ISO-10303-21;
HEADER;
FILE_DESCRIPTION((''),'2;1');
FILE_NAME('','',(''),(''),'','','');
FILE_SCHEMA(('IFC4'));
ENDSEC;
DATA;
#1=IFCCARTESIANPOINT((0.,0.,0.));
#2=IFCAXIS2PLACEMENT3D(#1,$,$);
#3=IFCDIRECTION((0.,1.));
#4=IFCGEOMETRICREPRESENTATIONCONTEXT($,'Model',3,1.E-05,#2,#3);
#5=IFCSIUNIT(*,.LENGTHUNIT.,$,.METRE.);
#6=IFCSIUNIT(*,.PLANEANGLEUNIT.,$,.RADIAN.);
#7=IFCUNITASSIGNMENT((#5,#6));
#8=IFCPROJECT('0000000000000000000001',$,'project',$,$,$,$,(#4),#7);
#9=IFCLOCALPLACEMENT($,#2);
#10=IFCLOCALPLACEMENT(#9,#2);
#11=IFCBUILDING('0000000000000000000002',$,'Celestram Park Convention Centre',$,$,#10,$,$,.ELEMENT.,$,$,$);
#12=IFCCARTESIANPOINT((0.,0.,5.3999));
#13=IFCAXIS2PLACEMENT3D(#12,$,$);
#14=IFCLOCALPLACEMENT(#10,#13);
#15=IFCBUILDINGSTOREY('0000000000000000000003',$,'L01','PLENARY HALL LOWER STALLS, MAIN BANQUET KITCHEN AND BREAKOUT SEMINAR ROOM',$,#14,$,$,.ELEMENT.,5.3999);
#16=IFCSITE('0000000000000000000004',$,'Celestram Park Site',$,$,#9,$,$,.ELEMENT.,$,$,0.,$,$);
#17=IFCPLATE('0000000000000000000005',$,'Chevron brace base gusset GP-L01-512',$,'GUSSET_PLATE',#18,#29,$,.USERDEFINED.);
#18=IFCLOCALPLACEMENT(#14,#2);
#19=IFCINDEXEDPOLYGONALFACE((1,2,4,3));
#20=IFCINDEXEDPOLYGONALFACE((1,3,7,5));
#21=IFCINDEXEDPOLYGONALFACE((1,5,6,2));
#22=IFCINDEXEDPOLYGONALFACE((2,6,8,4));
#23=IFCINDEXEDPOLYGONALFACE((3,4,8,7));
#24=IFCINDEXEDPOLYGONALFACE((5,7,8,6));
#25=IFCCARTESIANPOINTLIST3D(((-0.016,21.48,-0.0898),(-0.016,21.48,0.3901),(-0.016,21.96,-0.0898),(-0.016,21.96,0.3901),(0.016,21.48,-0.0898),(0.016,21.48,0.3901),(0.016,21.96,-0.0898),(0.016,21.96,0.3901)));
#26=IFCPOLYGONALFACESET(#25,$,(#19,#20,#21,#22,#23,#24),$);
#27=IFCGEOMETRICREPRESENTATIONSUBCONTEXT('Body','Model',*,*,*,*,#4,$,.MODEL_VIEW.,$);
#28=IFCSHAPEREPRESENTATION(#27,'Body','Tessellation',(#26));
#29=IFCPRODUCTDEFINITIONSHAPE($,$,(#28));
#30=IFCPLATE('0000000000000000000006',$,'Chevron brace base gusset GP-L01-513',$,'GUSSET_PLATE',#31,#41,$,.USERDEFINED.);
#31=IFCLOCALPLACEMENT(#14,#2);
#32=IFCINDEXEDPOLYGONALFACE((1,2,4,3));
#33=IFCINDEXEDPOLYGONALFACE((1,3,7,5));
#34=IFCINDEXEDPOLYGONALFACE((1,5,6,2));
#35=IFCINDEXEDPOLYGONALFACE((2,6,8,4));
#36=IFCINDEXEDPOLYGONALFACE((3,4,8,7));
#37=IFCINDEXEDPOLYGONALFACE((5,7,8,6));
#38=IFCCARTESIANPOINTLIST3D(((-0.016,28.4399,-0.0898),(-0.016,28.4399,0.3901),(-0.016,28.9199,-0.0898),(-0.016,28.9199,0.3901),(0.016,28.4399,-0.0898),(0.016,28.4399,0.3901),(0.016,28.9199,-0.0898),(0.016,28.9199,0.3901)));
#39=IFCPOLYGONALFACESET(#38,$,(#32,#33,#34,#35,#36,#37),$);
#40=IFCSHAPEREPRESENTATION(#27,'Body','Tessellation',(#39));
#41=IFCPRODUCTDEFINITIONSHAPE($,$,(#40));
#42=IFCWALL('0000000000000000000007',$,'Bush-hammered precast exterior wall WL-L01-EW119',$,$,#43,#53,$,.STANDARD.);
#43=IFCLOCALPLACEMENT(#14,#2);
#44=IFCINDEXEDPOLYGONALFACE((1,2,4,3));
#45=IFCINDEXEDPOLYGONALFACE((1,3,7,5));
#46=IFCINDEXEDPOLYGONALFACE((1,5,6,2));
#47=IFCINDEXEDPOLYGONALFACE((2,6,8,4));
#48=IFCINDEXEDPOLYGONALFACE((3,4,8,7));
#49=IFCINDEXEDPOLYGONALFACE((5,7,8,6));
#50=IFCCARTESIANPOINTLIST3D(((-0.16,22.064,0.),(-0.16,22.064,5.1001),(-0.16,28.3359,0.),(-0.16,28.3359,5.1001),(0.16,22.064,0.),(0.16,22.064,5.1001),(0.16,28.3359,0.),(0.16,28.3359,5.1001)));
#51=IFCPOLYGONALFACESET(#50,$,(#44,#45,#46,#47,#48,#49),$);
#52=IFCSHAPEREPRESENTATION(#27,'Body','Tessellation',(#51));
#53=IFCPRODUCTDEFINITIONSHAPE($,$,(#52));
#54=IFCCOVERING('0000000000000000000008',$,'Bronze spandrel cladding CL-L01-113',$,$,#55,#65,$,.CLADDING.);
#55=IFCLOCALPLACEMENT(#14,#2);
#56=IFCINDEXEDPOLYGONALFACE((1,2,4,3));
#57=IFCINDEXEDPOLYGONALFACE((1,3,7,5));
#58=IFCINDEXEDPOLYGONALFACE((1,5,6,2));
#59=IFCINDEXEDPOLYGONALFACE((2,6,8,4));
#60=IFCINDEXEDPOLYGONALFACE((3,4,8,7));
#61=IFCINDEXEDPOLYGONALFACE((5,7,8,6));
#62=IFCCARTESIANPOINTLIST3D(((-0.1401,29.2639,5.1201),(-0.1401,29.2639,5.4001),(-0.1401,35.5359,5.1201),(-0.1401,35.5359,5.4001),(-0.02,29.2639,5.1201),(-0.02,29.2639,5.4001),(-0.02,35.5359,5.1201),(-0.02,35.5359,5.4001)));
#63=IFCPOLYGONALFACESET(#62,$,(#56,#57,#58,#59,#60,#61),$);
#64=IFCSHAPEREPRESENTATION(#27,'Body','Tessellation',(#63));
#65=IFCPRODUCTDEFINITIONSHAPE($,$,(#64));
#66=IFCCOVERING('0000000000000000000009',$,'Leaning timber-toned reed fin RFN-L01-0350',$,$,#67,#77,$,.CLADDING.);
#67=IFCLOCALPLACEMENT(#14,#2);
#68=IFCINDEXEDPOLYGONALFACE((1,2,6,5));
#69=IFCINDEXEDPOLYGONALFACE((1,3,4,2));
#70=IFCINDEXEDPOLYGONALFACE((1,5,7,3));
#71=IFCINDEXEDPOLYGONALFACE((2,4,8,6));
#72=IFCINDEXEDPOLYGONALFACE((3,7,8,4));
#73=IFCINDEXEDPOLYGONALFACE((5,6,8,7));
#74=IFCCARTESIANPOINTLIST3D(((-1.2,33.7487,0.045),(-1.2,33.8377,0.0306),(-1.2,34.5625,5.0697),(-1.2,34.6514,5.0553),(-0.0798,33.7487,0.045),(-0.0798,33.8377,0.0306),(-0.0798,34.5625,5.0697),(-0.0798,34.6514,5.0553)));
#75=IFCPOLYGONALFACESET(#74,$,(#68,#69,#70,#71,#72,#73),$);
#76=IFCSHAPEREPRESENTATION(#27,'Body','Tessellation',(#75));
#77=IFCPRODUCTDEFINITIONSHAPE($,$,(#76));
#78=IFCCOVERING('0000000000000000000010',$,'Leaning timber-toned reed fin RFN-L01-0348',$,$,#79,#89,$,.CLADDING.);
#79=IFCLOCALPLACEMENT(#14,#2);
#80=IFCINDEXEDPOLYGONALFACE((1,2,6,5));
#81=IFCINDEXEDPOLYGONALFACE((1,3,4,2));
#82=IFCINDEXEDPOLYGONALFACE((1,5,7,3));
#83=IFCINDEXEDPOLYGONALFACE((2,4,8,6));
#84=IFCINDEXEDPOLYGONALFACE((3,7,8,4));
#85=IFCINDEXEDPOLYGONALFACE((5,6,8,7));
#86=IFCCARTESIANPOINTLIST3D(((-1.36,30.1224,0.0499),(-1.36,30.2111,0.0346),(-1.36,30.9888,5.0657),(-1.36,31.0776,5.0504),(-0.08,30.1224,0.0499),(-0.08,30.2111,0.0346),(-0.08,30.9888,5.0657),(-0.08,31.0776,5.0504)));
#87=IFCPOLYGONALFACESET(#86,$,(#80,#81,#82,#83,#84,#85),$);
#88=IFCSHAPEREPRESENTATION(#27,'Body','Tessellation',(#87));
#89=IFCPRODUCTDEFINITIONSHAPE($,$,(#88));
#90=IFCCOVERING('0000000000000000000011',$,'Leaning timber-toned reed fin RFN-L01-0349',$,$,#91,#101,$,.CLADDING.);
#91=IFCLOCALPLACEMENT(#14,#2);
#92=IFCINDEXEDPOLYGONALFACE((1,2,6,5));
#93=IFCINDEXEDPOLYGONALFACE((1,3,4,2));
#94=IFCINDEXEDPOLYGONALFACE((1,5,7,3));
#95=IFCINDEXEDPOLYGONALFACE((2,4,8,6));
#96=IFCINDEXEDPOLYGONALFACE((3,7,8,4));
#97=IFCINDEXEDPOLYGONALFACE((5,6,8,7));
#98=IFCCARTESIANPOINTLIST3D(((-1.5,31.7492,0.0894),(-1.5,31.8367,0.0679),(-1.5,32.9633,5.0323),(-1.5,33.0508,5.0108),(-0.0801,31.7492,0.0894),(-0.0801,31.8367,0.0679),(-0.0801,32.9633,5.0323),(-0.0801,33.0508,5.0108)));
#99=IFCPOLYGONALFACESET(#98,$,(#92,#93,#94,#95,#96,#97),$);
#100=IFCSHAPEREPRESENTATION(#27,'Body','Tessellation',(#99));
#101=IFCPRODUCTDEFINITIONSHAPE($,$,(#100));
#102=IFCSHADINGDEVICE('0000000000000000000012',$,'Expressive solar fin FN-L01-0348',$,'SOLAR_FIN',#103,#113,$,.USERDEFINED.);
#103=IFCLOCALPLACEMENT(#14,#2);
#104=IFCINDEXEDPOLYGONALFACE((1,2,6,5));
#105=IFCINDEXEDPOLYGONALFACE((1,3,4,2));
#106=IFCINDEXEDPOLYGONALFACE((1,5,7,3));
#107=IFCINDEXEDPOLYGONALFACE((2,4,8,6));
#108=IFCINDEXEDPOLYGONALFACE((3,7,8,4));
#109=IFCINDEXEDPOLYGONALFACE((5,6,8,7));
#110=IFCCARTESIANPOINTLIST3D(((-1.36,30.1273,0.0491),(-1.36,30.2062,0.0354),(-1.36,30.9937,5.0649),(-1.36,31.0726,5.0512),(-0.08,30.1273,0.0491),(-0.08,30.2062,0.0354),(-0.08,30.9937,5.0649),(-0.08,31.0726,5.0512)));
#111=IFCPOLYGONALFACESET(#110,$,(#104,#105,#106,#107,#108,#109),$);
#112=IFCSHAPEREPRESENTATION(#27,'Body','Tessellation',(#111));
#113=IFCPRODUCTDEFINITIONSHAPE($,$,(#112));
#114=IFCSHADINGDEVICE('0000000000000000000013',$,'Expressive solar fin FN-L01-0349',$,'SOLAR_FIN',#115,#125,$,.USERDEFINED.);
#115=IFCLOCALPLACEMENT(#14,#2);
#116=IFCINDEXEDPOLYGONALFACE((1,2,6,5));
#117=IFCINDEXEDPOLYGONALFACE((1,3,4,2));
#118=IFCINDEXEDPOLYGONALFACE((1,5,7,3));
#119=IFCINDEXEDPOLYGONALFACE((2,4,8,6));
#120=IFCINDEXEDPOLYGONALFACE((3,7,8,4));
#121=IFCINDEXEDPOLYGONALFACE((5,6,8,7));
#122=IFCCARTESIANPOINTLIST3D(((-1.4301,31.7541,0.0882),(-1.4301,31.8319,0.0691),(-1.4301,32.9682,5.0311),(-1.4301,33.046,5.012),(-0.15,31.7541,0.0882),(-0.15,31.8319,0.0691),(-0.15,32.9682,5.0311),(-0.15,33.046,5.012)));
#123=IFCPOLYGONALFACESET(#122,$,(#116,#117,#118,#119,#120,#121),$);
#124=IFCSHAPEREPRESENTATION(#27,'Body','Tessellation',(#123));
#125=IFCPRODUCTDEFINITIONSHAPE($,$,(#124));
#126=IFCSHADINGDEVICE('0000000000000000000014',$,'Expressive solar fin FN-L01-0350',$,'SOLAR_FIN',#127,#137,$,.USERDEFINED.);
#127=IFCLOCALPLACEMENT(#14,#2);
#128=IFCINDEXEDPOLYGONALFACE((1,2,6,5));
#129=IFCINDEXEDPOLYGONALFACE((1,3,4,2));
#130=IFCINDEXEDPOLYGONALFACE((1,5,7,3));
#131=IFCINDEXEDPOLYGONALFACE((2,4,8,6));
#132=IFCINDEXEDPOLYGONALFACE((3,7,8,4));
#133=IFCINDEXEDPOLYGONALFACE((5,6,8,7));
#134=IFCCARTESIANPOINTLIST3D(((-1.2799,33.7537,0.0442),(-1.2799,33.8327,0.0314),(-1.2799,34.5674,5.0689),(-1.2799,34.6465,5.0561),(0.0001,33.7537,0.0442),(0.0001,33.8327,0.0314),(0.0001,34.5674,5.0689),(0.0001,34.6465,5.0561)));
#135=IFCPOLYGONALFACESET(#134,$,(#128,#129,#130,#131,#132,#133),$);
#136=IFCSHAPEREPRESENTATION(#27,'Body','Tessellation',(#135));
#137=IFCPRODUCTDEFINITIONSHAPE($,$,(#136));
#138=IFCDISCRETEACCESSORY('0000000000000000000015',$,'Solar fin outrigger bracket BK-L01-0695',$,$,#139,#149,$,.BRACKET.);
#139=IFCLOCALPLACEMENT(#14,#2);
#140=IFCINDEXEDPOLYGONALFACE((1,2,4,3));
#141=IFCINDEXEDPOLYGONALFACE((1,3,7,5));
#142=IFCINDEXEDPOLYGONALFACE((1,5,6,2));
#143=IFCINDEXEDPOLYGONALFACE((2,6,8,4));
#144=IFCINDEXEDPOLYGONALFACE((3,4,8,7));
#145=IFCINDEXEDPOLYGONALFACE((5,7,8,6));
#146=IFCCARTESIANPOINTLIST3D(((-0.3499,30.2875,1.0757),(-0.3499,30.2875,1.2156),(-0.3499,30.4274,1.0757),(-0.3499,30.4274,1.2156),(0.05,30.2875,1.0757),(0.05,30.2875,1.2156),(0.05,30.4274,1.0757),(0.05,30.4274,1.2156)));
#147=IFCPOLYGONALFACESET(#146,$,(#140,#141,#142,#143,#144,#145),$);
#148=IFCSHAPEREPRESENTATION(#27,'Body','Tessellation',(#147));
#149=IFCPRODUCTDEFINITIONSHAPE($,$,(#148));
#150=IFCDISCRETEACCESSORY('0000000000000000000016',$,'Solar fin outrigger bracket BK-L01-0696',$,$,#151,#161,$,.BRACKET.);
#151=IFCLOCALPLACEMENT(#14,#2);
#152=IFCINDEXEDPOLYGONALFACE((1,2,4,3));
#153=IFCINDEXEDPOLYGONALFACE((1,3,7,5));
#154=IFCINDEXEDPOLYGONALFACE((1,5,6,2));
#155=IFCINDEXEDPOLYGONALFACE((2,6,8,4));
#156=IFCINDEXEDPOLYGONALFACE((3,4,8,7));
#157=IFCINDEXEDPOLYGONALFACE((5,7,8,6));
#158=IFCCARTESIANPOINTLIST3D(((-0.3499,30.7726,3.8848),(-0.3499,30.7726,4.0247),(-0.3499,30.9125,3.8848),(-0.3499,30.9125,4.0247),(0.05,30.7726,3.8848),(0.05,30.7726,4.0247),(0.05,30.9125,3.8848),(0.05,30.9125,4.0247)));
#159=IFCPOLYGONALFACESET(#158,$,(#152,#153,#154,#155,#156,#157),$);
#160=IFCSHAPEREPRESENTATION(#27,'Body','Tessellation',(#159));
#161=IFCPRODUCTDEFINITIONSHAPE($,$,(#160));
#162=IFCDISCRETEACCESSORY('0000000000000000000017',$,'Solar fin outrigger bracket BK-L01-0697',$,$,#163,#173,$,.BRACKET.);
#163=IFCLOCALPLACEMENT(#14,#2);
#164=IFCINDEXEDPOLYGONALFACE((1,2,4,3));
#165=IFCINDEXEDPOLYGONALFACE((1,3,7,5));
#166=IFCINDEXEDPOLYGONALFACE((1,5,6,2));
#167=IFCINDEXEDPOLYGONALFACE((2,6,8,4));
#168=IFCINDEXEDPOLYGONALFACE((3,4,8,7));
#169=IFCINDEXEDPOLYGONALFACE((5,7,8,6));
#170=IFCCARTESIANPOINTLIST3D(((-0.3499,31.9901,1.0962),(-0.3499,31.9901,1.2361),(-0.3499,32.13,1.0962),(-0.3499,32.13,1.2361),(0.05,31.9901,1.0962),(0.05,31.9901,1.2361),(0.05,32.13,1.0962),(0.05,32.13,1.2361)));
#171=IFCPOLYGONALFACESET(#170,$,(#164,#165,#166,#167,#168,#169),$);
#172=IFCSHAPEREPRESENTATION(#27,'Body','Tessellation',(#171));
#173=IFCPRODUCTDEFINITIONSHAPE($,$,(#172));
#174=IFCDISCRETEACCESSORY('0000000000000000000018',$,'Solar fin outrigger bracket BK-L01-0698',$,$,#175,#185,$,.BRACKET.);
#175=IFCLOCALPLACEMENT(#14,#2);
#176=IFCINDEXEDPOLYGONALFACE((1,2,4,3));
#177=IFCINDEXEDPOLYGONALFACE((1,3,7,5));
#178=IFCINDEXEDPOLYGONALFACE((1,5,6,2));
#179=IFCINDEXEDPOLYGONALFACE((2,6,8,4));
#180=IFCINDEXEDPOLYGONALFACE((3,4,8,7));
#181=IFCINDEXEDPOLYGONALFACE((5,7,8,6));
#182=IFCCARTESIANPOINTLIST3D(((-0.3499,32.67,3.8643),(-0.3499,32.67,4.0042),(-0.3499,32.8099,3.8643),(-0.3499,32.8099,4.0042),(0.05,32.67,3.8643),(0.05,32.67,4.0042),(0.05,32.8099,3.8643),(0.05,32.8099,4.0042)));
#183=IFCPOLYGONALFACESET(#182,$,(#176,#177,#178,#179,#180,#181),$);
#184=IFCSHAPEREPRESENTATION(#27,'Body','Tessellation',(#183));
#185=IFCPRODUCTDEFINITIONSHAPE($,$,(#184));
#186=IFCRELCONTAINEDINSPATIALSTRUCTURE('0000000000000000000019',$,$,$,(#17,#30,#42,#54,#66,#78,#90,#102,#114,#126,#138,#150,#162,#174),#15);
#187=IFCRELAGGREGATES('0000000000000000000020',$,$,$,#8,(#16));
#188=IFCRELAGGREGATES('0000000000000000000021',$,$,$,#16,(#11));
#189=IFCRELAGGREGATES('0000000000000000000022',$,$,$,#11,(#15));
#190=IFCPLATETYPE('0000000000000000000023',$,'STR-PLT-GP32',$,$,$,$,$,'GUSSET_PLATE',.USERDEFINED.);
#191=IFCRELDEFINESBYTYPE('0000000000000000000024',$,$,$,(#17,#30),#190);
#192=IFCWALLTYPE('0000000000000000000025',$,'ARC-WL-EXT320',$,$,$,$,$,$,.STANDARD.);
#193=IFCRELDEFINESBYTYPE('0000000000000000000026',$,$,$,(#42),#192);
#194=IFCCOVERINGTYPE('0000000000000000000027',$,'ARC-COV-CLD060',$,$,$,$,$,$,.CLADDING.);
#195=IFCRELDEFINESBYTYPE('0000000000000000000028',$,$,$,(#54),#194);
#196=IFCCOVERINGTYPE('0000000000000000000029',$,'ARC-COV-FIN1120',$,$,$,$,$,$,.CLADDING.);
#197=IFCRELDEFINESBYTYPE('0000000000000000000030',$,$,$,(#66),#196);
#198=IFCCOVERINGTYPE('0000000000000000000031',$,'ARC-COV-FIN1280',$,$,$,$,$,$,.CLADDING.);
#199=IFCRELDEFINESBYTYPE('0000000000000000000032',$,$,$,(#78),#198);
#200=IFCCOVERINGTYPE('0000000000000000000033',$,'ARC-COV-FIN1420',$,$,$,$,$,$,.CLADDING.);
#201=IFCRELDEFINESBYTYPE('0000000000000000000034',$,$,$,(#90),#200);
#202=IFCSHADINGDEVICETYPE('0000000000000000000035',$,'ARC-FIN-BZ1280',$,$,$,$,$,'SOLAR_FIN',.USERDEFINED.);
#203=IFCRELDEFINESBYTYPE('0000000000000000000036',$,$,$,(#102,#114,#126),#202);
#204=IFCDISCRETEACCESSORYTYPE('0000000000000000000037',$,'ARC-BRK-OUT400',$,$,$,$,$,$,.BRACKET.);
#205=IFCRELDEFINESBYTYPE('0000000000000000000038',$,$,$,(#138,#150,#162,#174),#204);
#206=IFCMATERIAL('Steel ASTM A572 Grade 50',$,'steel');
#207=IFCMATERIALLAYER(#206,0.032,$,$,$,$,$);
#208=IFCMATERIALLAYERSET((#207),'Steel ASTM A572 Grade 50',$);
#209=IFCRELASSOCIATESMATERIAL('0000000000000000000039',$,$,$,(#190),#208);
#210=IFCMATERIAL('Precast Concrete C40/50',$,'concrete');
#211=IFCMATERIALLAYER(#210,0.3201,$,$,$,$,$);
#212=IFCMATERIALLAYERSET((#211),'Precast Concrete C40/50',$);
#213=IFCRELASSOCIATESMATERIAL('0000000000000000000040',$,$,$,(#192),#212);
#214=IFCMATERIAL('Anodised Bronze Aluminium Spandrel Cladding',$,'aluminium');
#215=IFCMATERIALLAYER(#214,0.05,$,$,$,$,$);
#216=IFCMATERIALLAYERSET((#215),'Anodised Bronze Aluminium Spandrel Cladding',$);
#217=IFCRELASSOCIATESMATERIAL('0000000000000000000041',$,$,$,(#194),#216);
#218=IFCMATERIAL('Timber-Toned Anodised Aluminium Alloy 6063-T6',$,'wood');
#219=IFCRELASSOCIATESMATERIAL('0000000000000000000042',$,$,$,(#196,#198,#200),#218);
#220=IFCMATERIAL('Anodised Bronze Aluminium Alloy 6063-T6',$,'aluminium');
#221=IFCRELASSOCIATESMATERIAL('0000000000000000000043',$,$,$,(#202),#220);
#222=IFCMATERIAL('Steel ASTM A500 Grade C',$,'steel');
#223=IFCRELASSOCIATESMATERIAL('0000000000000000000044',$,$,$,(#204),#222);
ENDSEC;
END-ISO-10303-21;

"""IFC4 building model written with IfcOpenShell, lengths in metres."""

from ifc_helpers import new_model, si_unit, direction, frame, frame_2d, origin, origin_2d, place, context, subcontext, project, spatial, rectangle, extrude, material, layer, layer_set, material_profile, profile_set, type_object, element, save


model = new_model("IFC4")

# Units and contexts
model_context = context("Model", 3, precision=1e-05, world=origin(), true_north=direction((0.0, 1.0)))
body_context = subcontext(model_context, "Body", "Model", "MODEL_VIEW")
ifc_project = project(units=[si_unit("LENGTHUNIT", "METRE"), si_unit("PLANEANGLEUNIT", "RADIAN")], contexts=[model_context])

# Site, building, storey
site_placement = place(None, origin())
site = spatial("IfcSite", under=ifc_project, at=site_placement, Name="Celestram Park Site", CompositionType="ELEMENT", RefElevation=0.0)
building_placement = place(site_placement, origin())
building = spatial("IfcBuilding", under=site, at=building_placement, Name="Celestram Park Convention Centre", CompositionType="ELEMENT")
storey_placement = place(building_placement, frame((0.0, 0.0, 5.3999)))
storey = spatial("IfcBuildingStorey", under=building, at=storey_placement, Name="L01", Description="PLENARY HALL LOWER STALLS, MAIN BANQUET KITCHEN AND BREAKOUT SEMINAR ROOM", CompositionType="ELEMENT", Elevation=5.3999)

# Shared definitions
ifc_material_1 = material(Name="Steel ASTM A500 Grade C", Category="steel")

# Plates
ifc_material_2 = material(Name="Steel ASTM A572 Grade 50", Category="steel")
ifc_layer_1 = layer(ifc_material_2, 0.032)
ifc_layer_set_1 = layer_set([ifc_layer_1], Name="Steel ASTM A572 Grade 50")
plate_type_1 = type_object("IfcPlateType", Name="STR-PLT-GP32", ElementType="GUSSET_PLATE", PredefinedType="USERDEFINED", material=ifc_layer_set_1)
for number, where, z_axis, x_axis, name in (
    (1, (0.0, 21.72, -0.0898), (0.0, 0.0, 1.0), (0.0, 1.0, 0.0), "Chevron brace base gusset GP-L01-512"),
    (2, (0.0, 28.6799, -0.0898), (0.0, 0.0, 1.0), (0.0, 1.0, 0.0), "Chevron brace base gusset GP-L01-513"),
):
    element("IfcPlate", number, at=place(storey_placement, frame(where, z_axis=z_axis, x_axis=x_axis)), inside=storey, type_object=plate_type_1, Name=name, ObjectType="GUSSET_PLATE", PredefinedType="USERDEFINED", context=body_context, shape_type="SweptSolid", body=[
        extrude(rectangle(XDim=0.48, YDim=0.032, at=origin_2d()), origin(), (0.0, 0.0, 1.0), 0.48),
    ])

# Wall
ifc_material_3 = material(Name="Precast Concrete C40/50", Category="concrete")
ifc_layer_2 = layer(ifc_material_3, 0.3201)
ifc_layer_set_2 = layer_set([ifc_layer_2], Name="Precast Concrete C40/50")
wall_type = type_object("IfcWallType", Name="ARC-WL-EXT320", PredefinedType="STANDARD", material=ifc_layer_set_2)
wall_placement = place(storey_placement, frame((0.0, 22.064, 0.0), z_axis=(0.0, 0.0, 1.0), x_axis=(0.0, 1.0, 0.0)))
element("IfcWall", 3, at=wall_placement, inside=storey, type_object=wall_type, Name="Bush-hammered precast exterior wall WL-L01-EW119", PredefinedType="STANDARD", context=body_context, shape_type="SweptSolid", body=[
    extrude(rectangle(XDim=6.272, YDim=0.3201, at=frame_2d((3.136, 0.0))), origin(), (0.0, 0.0, 1.0), 5.1001),
])

# Coverings
ifc_material_4 = material(Name="Anodised Bronze Aluminium Spandrel Cladding", Category="aluminium")
ifc_layer_3 = layer(ifc_material_4, 0.05)
ifc_layer_set_3 = layer_set([ifc_layer_3], Name="Anodised Bronze Aluminium Spandrel Cladding")
covering_type_1 = type_object("IfcCoveringType", Name="ARC-COV-CLD060", PredefinedType="CLADDING", material=ifc_layer_set_3)
covering_1_placement = place(storey_placement, frame((-0.0801, 32.3999, 5.1201), z_axis=(0.0, 0.0, 1.0), x_axis=(0.0, 1.0, 0.0)))
element("IfcCovering", 4, at=covering_1_placement, inside=storey, type_object=covering_type_1, Name="Bronze spandrel cladding CL-L01-113", PredefinedType="CLADDING", context=body_context, shape_type="SweptSolid", body=[
    extrude(rectangle(XDim=6.272, YDim=0.1201, at=origin_2d()), origin(), (0.0, 0.0, 1.0), 0.28),
])
ifc_material_5 = material(Name="Timber-Toned Anodised Aluminium Alloy 6063-T6", Category="wood")
ifc_material_profile_1 = material_profile(ifc_material_5, rectangle(XDim=1.1201, YDim=0.0901, at=origin_2d()), Name="REED1120X90")
ifc_profile_set_1 = profile_set([ifc_material_profile_1], Name="Timber-Toned Anodised Aluminium Alloy 6063-T6")
covering_type_2 = type_object("IfcCoveringType", Name="ARC-COV-FIN1120", PredefinedType="CLADDING", material=ifc_profile_set_1)
covering_2_placement = place(storey_placement, frame((-0.6399, 33.7932, 0.0378), z_axis=(0.0, 0.159863, 0.987139), x_axis=(-1.0, 0.0, 0.0)))
element("IfcCovering", 5, at=covering_2_placement, inside=storey, type_object=covering_type_2, Name="Leaning timber-toned reed fin RFN-L01-0350", PredefinedType="CLADDING", context=body_context, shape_type="SweptSolid", body=[
    extrude(rectangle(XDim=1.1201, YDim=0.0901, at=origin_2d()), origin(), (0.0, 0.0, 1.0), 5.0901),
])
ifc_material_profile_2 = material_profile(ifc_material_5, rectangle(XDim=1.28, YDim=0.0901, at=origin_2d()), Name="REED1280X90")
ifc_profile_set_2 = profile_set([ifc_material_profile_2], Name="Timber-Toned Anodised Aluminium Alloy 6063-T6")
covering_type_3 = type_object("IfcCoveringType", Name="ARC-COV-FIN1280", PredefinedType="CLADDING", material=ifc_profile_set_2)
covering_3_placement = place(storey_placement, frame((-0.72, 30.1667, 0.0422), z_axis=(0.0, 0.170222, 0.985406), x_axis=(-1.0, 0.0, 0.0)))
element("IfcCovering", 6, at=covering_3_placement, inside=storey, type_object=covering_type_3, Name="Leaning timber-toned reed fin RFN-L01-0348", PredefinedType="CLADDING", context=body_context, shape_type="SweptSolid", body=[
    extrude(rectangle(XDim=1.28, YDim=0.0901, at=origin_2d()), origin(), (0.0, 0.0, 1.0), 5.0901),
])
ifc_material_profile_3 = material_profile(ifc_material_5, rectangle(XDim=1.4199, YDim=0.0901, at=origin_2d()), Name="REED1420X90")
ifc_profile_set_3 = profile_set([ifc_material_profile_3], Name="Timber-Toned Anodised Aluminium Alloy 6063-T6")
covering_type_4 = type_object("IfcCoveringType", Name="ARC-COV-FIN1420", PredefinedType="CLADDING", material=ifc_profile_set_3)
covering_4_placement = place(storey_placement, frame((-0.79, 31.793, 0.0786), z_axis=(0.0, 0.238538, 0.971133), x_axis=(-1.0, 0.0, 0.0)))
element("IfcCovering", 7, at=covering_4_placement, inside=storey, type_object=covering_type_4, Name="Leaning timber-toned reed fin RFN-L01-0349", PredefinedType="CLADDING", context=body_context, shape_type="SweptSolid", body=[
    extrude(rectangle(XDim=1.4199, YDim=0.0901, at=origin_2d()), origin(), (0.0, 0.0, 1.0), 5.0898),
])

# Shading devices
ifc_material_6 = material(Name="Anodised Bronze Aluminium Alloy 6063-T6", Category="aluminium")
ifc_material_profile_4 = material_profile(ifc_material_6, rectangle(XDim=1.28, YDim=0.0801, at=origin_2d()), Name="FIN1280X80")
ifc_profile_set_4 = profile_set([ifc_material_profile_4], Name="Anodised Bronze Aluminium Alloy 6063-T6")
shading_device_type = type_object("IfcShadingDeviceType", Name="ARC-FIN-BZ1280", ElementType="SOLAR_FIN", PredefinedType="USERDEFINED", material=ifc_profile_set_4)
shading_device_1_placement = place(storey_placement, frame((-0.72, 30.1667, 0.0422), z_axis=(0.0, 0.170222, 0.985406), x_axis=(-1.0, 0.0, 0.0)))
element("IfcShadingDevice", 8, at=shading_device_1_placement, inside=storey, type_object=shading_device_type, Name="Expressive solar fin FN-L01-0348", ObjectType="SOLAR_FIN", PredefinedType="USERDEFINED", context=body_context, shape_type="SweptSolid", body=[
    extrude(rectangle(XDim=1.28, YDim=0.0801, at=origin_2d()), origin(), (0.0, 0.0, 1.0), 5.0901),
])
shading_device_2_placement = place(storey_placement, frame((-0.79, 31.793, 0.0786), z_axis=(0.0, 0.238538, 0.971133), x_axis=(-1.0, 0.0, 0.0)))
element("IfcShadingDevice", 9, at=shading_device_2_placement, inside=storey, type_object=shading_device_type, Name="Expressive solar fin FN-L01-0349", ObjectType="SOLAR_FIN", PredefinedType="USERDEFINED", context=body_context, shape_type="SweptSolid", body=[
    extrude(rectangle(XDim=1.28, YDim=0.0801, at=origin_2d()), origin(), (0.0, 0.0, 1.0), 5.0898),
])
shading_device_3_placement = place(storey_placement, frame((-0.6399, 33.7932, 0.0378), z_axis=(0.0, 0.159863, 0.987139), x_axis=(-1.0, 0.0, 0.0)))
element("IfcShadingDevice", 10, at=shading_device_3_placement, inside=storey, type_object=shading_device_type, Name="Expressive solar fin FN-L01-0350", ObjectType="SOLAR_FIN", PredefinedType="USERDEFINED", context=body_context, shape_type="SweptSolid", body=[
    extrude(rectangle(XDim=1.28, YDim=0.0801, at=origin_2d()), origin(), (0.0, 0.0, 1.0), 5.0901),
])

# Discrete accessories
discrete_accessory_type = type_object("IfcDiscreteAccessoryType", Name="ARC-BRK-OUT400", PredefinedType="BRACKET", material=ifc_material_1)
for number, where, z_axis, x_axis, name in (
    (11, (-0.1499, 30.3574, 1.0757), (0.0, 0.0, 1.0), (-1.0, 0.0, 0.0), "Solar fin outrigger bracket BK-L01-0695"),
    (12, (-0.1499, 30.8425, 3.8848), (0.0, 0.0, 1.0), (-1.0, 0.0, 0.0), "Solar fin outrigger bracket BK-L01-0696"),
    (13, (-0.1499, 32.0601, 1.0962), (0.0, 0.0, 1.0), (-1.0, 0.0, 0.0), "Solar fin outrigger bracket BK-L01-0697"),
    (14, (-0.1499, 32.74, 3.8643), (0.0, 0.0, 1.0), (-1.0, 0.0, 0.0), "Solar fin outrigger bracket BK-L01-0698"),
):
    element("IfcDiscreteAccessory", number, at=place(storey_placement, frame(where, z_axis=z_axis, x_axis=x_axis)), inside=storey, type_object=discrete_accessory_type, Name=name, PredefinedType="BRACKET", context=body_context, shape_type="SweptSolid", body=[
        extrude(rectangle(XDim=0.3999, YDim=0.1399, at=origin_2d()), origin(), (0.0, 0.0, 1.0), 0.1399),
    ])

save(model, "model.ifc")
